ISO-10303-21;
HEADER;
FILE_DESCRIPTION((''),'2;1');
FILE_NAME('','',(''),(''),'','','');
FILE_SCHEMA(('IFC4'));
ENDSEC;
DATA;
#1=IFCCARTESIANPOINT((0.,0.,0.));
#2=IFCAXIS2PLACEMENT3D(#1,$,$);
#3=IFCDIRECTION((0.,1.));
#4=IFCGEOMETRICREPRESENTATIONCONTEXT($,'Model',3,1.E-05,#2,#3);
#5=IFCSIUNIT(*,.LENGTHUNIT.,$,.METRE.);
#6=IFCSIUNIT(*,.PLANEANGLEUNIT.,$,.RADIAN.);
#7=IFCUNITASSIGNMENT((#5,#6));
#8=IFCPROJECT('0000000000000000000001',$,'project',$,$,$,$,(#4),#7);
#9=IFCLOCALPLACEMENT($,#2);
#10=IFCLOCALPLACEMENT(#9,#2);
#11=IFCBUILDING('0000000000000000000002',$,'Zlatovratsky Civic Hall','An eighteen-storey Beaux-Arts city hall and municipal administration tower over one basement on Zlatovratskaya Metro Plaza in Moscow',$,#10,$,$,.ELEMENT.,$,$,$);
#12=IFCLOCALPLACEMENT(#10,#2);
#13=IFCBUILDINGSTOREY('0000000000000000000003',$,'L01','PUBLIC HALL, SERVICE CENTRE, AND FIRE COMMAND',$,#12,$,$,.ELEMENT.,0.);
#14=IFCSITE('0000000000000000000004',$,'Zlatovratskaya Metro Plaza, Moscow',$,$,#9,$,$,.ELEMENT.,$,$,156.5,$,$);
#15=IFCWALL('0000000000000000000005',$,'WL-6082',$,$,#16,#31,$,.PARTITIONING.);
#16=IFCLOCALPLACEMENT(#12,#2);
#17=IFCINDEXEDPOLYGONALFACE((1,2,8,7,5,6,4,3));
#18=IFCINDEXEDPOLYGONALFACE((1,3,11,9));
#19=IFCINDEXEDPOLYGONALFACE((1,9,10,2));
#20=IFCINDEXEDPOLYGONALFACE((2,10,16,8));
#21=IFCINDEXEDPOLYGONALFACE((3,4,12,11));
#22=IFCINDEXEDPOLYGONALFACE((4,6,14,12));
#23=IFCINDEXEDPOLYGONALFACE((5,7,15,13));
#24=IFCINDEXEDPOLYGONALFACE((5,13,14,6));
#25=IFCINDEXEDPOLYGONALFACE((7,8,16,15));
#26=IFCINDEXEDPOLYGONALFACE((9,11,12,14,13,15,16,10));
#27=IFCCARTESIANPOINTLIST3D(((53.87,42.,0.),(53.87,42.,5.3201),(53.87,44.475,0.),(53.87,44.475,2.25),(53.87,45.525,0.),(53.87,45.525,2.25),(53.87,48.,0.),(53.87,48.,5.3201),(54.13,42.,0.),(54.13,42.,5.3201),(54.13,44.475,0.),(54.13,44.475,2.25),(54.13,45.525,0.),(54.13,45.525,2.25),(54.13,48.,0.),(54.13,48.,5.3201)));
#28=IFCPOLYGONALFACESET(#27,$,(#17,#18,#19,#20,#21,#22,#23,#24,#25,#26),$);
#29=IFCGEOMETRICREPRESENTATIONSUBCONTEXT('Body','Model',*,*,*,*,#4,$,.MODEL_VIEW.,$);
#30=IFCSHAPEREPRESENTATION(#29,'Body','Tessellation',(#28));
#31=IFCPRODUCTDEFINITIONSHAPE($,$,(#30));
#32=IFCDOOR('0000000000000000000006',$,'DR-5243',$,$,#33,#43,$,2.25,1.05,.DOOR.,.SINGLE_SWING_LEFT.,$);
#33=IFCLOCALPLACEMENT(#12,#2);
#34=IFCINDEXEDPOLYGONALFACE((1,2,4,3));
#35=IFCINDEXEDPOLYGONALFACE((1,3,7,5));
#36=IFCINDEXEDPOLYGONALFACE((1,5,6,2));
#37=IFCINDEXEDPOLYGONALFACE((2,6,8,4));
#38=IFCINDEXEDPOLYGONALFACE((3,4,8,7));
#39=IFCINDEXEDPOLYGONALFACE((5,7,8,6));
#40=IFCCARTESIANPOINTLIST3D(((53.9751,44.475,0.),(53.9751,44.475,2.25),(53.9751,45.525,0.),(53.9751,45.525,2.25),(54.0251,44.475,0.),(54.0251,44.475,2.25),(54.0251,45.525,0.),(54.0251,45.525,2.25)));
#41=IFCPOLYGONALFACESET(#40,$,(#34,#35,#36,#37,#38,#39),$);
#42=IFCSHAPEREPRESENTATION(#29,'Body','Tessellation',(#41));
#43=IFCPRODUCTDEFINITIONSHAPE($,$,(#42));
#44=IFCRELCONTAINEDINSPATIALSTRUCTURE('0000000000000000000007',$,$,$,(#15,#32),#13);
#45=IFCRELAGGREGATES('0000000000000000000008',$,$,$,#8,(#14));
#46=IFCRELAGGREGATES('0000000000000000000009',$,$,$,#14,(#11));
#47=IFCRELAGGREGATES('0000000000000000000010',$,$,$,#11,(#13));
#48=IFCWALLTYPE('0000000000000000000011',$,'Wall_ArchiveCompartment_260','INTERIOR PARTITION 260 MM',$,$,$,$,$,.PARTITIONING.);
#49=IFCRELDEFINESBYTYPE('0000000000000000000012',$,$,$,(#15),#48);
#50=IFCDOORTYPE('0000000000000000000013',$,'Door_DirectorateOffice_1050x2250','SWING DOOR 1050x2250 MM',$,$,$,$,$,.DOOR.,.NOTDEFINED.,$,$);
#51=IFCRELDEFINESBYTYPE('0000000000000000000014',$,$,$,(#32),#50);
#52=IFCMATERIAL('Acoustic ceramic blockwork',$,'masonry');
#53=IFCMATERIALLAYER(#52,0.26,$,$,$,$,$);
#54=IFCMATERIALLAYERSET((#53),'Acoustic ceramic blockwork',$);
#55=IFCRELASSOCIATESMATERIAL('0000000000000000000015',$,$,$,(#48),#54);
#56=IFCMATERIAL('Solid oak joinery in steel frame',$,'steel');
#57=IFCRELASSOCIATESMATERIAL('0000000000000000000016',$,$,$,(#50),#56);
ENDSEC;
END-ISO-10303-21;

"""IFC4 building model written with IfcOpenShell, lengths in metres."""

from ifc_helpers import new_model, si_unit, direction, frame, frame_2d, origin, place, context, subcontext, project, spatial, rectangle, extrude, material, layer, layer_set, type_object, element, fill, save


model = new_model("IFC4")

# Units and contexts
model_context = context("Model", 3, precision=1e-05, world=origin(), true_north=direction((0.0, 1.0)))
body_context = subcontext(model_context, "Body", "Model", "MODEL_VIEW")
ifc_project = project(units=[si_unit("LENGTHUNIT", "METRE"), si_unit("PLANEANGLEUNIT", "RADIAN")], contexts=[model_context])

# Site, building, storey
site_placement = place(None, origin())
site = spatial("IfcSite", under=ifc_project, at=site_placement, Name="Zlatovratskaya Metro Plaza, Moscow", CompositionType="ELEMENT", RefElevation=156.5)
building_placement = place(site_placement, origin())
building = spatial("IfcBuilding", under=site, at=building_placement, Name="Zlatovratsky Civic Hall", Description="An eighteen-storey Beaux-Arts city hall and municipal administration tower over one basement on Zlatovratskaya Metro Plaza in Moscow", CompositionType="ELEMENT")
storey_placement = place(building_placement, origin())
storey = spatial("IfcBuildingStorey", under=building, at=storey_placement, Name="L01", Description="PUBLIC HALL, SERVICE CENTRE, AND FIRE COMMAND", CompositionType="ELEMENT", Elevation=0.0)

# Wall, opening, door
ifc_material_1 = material(Name="Acoustic ceramic blockwork", Category="masonry")
ifc_layer = layer(ifc_material_1, 0.26)
ifc_layer_set = layer_set([ifc_layer], Name="Acoustic ceramic blockwork")
wall_type = type_object("IfcWallType", Name="Wall_ArchiveCompartment_260", Description="INTERIOR PARTITION 260 MM", PredefinedType="PARTITIONING", material=ifc_layer_set)
wall_placement = place(storey_placement, frame((54.0, 42.0, 0.0), z_axis=(0.0, 0.0, 1.0), x_axis=(0.0, 1.0, 0.0)))
wall = element("IfcWall", 1, at=wall_placement, inside=storey, type_object=wall_type, Name="WL-6082", PredefinedType="PARTITIONING", context=body_context, shape_type="SweptSolid", body=[
    extrude(rectangle(XDim=6.0, YDim=0.26, at=frame_2d((3.0, 0.0))), origin(), (0.0, 0.0, 1.0), 5.3201),
])
opening_placement = place(wall_placement, frame((2.4751, 0.0, 0.0)))
opening = element("IfcOpeningElement", 2, at=opening_placement, cuts=wall, PredefinedType="OPENING", context=body_context, shape_type="SweptSolid", body=[
    extrude(rectangle(XDim=1.05, YDim=2.25, at=frame_2d((0.5249, 1.125))), frame((0.0, 0.145, 0.0), z_axis=(0.0, -1.0, 0.0), x_axis=(1.0, 0.0, 0.0)), (0.0, 0.0, 1.0), 0.2898),
])
ifc_material_2 = material(Name="Solid oak joinery in steel frame", Category="steel")
door_type = type_object("IfcDoorType", Name="Door_DirectorateOffice_1050x2250", Description="SWING DOOR 1050x2250 MM", OperationType="NOTDEFINED", PredefinedType="DOOR", material=ifc_material_2)
door_placement = place(opening_placement, origin())
door = element("IfcDoor", 3, at=door_placement, inside=storey, type_object=door_type, Name="DR-5243", OperationType="SINGLE_SWING_LEFT", OverallHeight=2.25, OverallWidth=1.05, PredefinedType="DOOR", context=body_context, shape_type="SweptSolid", body=[
    extrude(rectangle(XDim=1.05, YDim=2.25, at=frame_2d((0.5249, 1.125))), frame((0.0, 0.0249, 0.0), z_axis=(0.0, -1.0, 0.0), x_axis=(1.0, 0.0, 0.0)), (0.0, 0.0, 1.0), 0.05),
])
fill(opening, door)

save(model, "model.ifc")
